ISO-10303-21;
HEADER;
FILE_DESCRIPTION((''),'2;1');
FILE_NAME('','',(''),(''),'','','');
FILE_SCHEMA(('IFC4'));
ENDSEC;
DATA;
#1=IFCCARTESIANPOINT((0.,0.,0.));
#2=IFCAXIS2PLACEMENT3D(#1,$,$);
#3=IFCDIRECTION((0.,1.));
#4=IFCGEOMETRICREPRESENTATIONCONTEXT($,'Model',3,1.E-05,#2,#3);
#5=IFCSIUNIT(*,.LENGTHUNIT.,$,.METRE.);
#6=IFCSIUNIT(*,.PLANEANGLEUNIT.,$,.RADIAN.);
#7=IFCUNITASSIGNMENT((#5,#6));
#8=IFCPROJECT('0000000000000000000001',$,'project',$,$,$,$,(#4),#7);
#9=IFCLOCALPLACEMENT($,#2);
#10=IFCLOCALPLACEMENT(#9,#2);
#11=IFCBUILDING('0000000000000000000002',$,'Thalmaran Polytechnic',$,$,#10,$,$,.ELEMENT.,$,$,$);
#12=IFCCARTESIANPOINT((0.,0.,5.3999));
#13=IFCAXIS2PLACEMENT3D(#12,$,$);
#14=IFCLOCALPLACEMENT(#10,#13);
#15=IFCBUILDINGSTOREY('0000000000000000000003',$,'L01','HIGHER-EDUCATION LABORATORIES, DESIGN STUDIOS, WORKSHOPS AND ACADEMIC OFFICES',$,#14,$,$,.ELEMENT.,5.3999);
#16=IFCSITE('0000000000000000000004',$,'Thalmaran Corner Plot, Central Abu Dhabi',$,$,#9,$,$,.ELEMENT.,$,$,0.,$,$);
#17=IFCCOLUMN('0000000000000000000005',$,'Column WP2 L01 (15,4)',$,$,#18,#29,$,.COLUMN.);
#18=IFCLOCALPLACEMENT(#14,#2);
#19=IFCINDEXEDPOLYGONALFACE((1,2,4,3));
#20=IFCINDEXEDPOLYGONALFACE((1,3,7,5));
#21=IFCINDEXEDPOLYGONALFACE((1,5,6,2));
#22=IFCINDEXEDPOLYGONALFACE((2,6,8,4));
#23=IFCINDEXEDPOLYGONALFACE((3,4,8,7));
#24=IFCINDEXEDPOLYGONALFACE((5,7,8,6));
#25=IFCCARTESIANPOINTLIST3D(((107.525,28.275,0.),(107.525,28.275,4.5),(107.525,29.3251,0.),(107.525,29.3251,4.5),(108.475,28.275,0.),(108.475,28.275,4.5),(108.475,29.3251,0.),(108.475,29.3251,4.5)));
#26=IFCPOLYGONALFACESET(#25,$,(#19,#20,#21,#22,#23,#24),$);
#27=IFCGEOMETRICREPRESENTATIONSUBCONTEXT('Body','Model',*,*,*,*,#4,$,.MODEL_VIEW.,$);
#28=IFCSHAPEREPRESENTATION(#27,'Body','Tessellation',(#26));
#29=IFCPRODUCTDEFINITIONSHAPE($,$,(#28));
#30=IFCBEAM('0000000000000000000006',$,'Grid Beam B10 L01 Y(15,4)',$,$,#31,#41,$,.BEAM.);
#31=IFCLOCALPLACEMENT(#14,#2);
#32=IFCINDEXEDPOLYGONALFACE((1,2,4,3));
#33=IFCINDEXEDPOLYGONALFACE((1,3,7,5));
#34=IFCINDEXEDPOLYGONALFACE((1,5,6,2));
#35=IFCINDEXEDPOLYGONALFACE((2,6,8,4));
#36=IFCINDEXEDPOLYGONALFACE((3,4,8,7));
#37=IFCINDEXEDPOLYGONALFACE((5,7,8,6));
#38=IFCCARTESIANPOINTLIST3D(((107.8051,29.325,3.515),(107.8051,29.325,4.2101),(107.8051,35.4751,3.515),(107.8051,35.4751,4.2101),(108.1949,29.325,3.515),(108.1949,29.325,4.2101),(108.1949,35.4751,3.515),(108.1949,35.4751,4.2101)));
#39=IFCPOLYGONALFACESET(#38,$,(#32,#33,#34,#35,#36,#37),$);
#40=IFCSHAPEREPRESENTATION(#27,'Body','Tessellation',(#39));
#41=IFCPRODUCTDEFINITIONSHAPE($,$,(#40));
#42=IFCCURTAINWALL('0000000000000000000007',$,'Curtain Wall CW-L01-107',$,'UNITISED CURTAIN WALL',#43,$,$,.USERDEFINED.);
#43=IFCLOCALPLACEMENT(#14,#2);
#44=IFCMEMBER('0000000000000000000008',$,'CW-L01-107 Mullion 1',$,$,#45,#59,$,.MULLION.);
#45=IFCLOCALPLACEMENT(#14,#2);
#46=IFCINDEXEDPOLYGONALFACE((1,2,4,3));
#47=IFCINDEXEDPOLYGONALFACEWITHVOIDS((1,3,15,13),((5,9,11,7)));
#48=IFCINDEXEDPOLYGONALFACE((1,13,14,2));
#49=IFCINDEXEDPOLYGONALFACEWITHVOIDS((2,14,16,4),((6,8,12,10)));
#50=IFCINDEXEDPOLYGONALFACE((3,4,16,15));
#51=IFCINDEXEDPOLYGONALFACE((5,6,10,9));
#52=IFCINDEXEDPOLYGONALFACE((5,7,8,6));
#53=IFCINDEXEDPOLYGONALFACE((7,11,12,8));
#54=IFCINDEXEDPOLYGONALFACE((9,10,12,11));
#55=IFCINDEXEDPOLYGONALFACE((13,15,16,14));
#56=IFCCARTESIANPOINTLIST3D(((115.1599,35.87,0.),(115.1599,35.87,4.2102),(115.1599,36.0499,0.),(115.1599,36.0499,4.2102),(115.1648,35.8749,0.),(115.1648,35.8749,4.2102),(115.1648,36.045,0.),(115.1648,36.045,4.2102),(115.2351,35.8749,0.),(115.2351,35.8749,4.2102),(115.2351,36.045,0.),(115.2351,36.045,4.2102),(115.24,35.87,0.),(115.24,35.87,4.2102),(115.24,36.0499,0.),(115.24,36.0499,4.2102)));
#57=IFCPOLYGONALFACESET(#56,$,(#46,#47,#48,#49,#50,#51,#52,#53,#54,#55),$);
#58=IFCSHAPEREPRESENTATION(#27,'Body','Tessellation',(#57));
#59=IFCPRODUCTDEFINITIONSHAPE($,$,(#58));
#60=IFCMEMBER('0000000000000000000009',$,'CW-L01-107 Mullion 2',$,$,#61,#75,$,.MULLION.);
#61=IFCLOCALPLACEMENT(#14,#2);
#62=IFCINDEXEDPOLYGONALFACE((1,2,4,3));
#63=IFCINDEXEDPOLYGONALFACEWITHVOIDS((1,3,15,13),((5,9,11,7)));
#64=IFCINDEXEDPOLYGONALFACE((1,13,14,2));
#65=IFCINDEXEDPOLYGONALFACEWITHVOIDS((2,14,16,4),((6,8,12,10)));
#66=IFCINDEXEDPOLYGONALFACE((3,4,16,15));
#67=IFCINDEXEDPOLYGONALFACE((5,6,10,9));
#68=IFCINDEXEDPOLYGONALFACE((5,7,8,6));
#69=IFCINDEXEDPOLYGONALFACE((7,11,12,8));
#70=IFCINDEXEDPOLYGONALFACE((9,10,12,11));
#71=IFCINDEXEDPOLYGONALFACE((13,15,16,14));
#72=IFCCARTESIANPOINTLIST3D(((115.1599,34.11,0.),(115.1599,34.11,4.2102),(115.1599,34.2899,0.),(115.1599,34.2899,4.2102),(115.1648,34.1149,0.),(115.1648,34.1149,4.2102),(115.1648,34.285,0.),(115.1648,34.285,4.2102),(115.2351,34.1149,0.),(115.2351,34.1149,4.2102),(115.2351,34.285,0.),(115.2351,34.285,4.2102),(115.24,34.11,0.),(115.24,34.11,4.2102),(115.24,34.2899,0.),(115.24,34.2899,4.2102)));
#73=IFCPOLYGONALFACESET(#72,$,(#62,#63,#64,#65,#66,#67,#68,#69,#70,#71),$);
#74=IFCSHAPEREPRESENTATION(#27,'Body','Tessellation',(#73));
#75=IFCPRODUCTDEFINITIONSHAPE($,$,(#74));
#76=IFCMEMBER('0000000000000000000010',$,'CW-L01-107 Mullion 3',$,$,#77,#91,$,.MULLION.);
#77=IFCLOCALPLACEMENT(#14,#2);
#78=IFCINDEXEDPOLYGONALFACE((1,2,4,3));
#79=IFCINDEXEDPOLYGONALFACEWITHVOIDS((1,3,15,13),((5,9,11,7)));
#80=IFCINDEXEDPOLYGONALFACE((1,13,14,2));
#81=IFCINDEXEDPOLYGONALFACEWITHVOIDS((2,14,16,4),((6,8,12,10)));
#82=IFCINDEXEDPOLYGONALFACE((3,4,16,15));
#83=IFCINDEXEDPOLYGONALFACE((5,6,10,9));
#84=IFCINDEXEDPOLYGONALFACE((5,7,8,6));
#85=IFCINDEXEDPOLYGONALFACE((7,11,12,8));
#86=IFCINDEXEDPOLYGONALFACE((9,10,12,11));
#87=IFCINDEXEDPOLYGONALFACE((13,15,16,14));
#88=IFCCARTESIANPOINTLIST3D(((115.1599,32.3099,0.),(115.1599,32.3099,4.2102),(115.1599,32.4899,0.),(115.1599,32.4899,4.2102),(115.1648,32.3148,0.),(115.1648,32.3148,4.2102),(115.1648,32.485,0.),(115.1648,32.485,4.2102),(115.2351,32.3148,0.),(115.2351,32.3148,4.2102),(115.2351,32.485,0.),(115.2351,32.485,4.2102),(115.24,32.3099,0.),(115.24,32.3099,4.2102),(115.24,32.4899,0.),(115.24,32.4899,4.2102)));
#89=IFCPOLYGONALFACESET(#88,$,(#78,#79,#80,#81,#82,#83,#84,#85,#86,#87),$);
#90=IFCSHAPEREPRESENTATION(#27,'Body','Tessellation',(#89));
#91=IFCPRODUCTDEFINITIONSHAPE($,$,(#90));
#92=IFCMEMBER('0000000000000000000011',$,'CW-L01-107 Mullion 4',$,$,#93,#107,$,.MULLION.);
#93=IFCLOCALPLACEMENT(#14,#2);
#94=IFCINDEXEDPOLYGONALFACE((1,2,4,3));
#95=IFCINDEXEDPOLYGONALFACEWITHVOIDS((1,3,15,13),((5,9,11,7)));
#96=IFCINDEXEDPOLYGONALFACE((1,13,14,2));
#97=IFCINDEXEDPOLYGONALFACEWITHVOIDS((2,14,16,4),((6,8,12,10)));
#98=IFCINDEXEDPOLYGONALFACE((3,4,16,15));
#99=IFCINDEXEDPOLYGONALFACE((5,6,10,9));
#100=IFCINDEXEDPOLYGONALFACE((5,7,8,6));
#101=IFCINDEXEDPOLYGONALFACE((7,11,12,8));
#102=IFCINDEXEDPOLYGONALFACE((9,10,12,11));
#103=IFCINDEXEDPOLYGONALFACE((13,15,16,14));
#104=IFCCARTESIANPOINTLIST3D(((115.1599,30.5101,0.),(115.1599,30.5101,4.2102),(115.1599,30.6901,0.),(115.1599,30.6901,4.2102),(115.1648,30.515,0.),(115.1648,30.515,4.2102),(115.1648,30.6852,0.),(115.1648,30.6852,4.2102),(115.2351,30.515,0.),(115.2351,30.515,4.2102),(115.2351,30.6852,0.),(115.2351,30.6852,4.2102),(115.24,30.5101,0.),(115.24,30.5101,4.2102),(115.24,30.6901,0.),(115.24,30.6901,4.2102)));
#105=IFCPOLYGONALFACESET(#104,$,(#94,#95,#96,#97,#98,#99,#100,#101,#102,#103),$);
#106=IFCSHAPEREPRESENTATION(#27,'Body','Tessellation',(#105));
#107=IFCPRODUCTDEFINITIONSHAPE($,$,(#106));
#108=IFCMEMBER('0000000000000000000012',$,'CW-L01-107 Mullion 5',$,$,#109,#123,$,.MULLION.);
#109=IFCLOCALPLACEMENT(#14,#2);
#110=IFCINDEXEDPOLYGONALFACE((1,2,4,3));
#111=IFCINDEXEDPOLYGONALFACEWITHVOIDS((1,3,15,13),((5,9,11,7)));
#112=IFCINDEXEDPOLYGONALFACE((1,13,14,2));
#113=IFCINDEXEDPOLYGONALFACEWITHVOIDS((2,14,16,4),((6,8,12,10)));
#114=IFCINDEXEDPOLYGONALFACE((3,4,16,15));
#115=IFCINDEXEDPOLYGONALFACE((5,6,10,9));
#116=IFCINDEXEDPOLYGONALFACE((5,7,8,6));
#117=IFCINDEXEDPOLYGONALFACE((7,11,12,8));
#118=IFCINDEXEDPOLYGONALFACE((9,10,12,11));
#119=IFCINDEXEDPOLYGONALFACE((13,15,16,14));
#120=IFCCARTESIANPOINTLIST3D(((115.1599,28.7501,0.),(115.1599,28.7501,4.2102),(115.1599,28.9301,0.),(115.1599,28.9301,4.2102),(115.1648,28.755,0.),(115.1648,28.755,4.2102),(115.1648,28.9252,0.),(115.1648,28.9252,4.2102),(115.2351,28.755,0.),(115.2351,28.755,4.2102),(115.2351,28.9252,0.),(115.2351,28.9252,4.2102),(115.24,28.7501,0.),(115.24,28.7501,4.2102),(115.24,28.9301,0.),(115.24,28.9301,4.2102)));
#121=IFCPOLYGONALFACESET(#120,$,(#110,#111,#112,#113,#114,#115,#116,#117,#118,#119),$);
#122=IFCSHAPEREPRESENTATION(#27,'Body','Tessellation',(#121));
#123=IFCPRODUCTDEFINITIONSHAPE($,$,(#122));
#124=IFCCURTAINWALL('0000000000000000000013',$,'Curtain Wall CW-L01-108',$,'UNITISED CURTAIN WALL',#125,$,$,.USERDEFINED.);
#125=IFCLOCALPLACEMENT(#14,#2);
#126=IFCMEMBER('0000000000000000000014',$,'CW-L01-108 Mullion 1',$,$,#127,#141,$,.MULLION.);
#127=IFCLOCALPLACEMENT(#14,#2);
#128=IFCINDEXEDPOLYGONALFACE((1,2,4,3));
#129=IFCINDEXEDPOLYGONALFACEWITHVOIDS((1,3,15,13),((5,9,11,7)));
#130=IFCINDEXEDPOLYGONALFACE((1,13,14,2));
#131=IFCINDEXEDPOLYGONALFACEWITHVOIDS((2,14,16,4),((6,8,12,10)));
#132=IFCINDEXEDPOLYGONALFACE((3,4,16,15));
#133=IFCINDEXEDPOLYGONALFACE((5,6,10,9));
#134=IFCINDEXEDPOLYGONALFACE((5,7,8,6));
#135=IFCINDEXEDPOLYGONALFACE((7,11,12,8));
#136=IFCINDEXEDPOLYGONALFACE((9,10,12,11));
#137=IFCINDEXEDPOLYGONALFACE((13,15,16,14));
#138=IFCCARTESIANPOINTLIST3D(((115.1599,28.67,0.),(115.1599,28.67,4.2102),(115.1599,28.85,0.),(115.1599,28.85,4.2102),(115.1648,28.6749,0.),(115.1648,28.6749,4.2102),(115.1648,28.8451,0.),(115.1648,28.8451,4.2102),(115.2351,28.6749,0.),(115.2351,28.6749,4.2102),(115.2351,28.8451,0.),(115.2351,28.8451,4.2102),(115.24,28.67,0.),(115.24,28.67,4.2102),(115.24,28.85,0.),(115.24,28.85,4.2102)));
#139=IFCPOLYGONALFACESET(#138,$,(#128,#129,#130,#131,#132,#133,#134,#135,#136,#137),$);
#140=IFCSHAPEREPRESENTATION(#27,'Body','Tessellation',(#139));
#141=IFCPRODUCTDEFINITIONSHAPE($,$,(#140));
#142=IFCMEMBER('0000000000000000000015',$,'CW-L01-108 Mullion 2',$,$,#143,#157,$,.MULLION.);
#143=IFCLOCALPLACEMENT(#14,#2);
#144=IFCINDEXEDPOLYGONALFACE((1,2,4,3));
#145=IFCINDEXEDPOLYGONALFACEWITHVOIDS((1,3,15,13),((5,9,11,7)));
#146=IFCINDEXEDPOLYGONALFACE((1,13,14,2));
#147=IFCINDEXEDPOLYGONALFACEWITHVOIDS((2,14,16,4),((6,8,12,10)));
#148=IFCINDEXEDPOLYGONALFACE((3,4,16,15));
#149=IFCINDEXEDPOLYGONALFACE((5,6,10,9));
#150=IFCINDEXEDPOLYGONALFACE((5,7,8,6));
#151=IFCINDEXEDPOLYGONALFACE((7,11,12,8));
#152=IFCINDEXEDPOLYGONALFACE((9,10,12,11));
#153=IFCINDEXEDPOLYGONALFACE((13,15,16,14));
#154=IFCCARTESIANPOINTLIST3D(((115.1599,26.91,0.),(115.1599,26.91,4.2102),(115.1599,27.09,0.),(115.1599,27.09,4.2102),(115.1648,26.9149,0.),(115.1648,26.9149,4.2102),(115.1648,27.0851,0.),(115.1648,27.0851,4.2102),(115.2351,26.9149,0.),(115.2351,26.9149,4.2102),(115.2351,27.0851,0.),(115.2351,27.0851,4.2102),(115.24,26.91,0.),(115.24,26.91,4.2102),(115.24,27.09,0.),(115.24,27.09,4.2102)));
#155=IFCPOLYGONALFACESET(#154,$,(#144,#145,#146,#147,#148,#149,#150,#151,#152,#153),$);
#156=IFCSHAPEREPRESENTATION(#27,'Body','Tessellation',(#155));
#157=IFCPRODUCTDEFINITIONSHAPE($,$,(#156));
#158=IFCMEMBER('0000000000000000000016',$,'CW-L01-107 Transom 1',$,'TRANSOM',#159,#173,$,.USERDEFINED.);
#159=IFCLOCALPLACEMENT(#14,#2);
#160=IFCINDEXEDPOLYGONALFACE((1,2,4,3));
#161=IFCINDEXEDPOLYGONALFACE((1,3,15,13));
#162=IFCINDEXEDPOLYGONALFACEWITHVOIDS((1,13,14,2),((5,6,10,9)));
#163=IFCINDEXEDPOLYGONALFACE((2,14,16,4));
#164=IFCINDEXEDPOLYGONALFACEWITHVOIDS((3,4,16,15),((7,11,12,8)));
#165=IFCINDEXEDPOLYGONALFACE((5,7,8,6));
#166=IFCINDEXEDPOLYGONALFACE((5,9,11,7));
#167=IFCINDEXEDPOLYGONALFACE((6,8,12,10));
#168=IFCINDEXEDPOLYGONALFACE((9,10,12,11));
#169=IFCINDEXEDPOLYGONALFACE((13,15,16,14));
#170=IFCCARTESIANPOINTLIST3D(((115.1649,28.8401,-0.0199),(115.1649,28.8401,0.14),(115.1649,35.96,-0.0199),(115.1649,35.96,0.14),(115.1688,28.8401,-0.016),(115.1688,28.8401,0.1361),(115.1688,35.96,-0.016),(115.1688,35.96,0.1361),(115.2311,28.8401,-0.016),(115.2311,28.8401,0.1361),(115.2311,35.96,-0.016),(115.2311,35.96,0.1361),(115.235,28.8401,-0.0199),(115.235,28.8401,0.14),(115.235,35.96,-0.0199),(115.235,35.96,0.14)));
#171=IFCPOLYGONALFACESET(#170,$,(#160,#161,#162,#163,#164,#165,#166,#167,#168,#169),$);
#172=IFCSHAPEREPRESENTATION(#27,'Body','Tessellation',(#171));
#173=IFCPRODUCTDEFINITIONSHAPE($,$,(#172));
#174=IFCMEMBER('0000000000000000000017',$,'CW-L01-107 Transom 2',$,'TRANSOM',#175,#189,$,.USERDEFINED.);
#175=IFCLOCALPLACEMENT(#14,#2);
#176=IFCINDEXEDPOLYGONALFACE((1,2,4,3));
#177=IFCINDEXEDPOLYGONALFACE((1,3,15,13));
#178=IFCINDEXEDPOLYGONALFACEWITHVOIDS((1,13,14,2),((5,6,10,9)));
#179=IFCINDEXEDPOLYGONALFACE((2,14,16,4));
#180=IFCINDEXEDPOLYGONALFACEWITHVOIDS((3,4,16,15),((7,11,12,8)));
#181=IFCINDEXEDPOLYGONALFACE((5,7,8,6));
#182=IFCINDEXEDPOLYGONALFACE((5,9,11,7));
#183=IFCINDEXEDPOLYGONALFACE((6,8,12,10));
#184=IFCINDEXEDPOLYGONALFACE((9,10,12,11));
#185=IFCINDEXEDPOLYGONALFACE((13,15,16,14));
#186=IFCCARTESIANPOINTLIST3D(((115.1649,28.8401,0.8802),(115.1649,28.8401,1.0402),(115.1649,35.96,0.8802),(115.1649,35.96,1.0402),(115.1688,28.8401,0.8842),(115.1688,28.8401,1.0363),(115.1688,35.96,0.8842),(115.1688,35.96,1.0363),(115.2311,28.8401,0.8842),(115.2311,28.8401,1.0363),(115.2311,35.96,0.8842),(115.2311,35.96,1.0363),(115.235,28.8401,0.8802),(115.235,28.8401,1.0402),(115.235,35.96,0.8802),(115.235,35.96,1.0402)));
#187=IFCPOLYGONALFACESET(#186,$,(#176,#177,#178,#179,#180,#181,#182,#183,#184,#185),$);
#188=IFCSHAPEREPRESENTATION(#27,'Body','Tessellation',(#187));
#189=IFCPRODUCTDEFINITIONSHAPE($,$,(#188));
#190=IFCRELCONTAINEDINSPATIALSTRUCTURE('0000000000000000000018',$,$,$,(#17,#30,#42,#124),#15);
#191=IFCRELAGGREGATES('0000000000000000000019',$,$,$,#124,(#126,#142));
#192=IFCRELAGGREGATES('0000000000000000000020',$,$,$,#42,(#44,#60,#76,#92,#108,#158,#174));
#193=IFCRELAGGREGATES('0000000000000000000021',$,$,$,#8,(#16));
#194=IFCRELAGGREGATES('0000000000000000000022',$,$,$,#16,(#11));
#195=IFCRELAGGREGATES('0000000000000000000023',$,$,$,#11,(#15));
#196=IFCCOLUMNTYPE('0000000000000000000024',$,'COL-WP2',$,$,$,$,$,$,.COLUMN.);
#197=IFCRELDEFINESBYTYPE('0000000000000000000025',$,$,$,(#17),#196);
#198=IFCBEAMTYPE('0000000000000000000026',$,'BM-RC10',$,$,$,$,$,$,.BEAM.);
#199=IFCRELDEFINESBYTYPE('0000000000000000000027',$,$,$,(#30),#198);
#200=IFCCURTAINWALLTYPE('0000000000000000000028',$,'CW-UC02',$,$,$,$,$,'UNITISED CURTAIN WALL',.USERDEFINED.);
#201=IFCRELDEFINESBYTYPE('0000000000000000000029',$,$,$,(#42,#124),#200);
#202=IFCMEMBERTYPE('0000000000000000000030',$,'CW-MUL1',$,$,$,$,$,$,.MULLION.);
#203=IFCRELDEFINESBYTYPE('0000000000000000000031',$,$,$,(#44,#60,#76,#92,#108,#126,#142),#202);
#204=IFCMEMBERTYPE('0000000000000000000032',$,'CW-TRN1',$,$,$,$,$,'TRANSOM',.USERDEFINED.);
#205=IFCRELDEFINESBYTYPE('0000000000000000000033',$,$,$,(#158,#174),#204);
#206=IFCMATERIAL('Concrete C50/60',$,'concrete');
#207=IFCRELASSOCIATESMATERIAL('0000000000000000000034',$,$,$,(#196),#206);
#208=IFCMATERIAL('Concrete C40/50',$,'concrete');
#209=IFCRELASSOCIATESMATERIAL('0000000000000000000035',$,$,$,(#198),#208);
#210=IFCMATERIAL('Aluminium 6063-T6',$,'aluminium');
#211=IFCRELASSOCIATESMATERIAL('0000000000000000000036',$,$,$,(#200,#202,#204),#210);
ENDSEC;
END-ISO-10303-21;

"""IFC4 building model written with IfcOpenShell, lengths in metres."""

from ifc_helpers import new_model, si_unit, direction, frame, origin, origin_2d, place, context, subcontext, project, spatial, rectangle, hollow_rectangle, extrude, material, material_profile, profile_set, type_object, element, aggregate, save


model = new_model("IFC4")

# Units and contexts
model_context = context("Model", 3, precision=1e-05, world=origin(), true_north=direction((0.0, 1.0)))
body_context = subcontext(model_context, "Body", "Model", "MODEL_VIEW")
ifc_project = project(units=[si_unit("LENGTHUNIT", "METRE"), si_unit("PLANEANGLEUNIT", "RADIAN")], contexts=[model_context])

# Site, building, storey
site_placement = place(None, origin())
site = spatial("IfcSite", under=ifc_project, at=site_placement, Name="Thalmaran Corner Plot, Central Abu Dhabi", CompositionType="ELEMENT", RefElevation=0.0)
building_placement = place(site_placement, origin())
building = spatial("IfcBuilding", under=site, at=building_placement, Name="Thalmaran Polytechnic", CompositionType="ELEMENT")
storey_placement = place(building_placement, frame((0.0, 0.0, 5.3999)))
storey = spatial("IfcBuildingStorey", under=building, at=storey_placement, Name="L01", Description="HIGHER-EDUCATION LABORATORIES, DESIGN STUDIOS, WORKSHOPS AND ACADEMIC OFFICES", CompositionType="ELEMENT", Elevation=5.3999)

# Column
ifc_material_1 = material(Name="Concrete C50/60", Category="concrete")
ifc_material_profile_1 = material_profile(ifc_material_1, rectangle(XDim=0.95, YDim=1.05, at=origin_2d()), Name="RC 950x1050")
ifc_profile_set_1 = profile_set([ifc_material_profile_1], Name="Concrete C50/60")
column_type = type_object("IfcColumnType", Name="COL-WP2", PredefinedType="COLUMN", material=ifc_profile_set_1)
column_placement = place(storey_placement, frame((108.0, 28.8, 0.0), z_axis=(0.0, 0.0, 1.0), x_axis=(1.0, 0.0, 0.0)))
element("IfcColumn", 1, at=column_placement, inside=storey, type_object=column_type, Name="Column WP2 L01 (15,4)", PredefinedType="COLUMN", context=body_context, shape_type="SweptSolid", body=[
    extrude(rectangle(XDim=0.95, YDim=1.05, at=origin_2d()), origin(), (0.0, 0.0, 1.0), 4.5),
])

# Beam
ifc_material_2 = material(Name="Concrete C40/50", Category="concrete")
ifc_material_profile_2 = material_profile(ifc_material_2, rectangle(XDim=0.3899, YDim=0.6951, at=origin_2d()), Name="RC 390x695")
ifc_profile_set_2 = profile_set([ifc_material_profile_2], Name="Concrete C40/50")
beam_type = type_object("IfcBeamType", Name="BM-RC10", PredefinedType="BEAM", material=ifc_profile_set_2)
beam_placement = place(storey_placement, frame((108.0, 29.325, 3.8625), z_axis=(0.0, 1.0, 0.0), x_axis=(-1.0, 0.0, 0.0)))
element("IfcBeam", 2, at=beam_placement, inside=storey, type_object=beam_type, Name="Grid Beam B10 L01 Y(15,4)", PredefinedType="BEAM", context=body_context, shape_type="SweptSolid", body=[
    extrude(rectangle(XDim=0.3899, YDim=0.6951, at=origin_2d()), origin(), (0.0, 0.0, 1.0), 6.1501),
])

# Curtain walls, members
ifc_material_3 = material(Name="Aluminium 6063-T6", Category="aluminium")
curtain_wall_type = type_object("IfcCurtainWallType", Name="CW-UC02", ElementType="UNITISED CURTAIN WALL", PredefinedType="USERDEFINED", material=ifc_material_3)
curtain_wall_1_placement = place(storey_placement, origin())
curtain_wall_1 = element("IfcCurtainWall", 3, at=curtain_wall_1_placement, inside=storey, type_object=curtain_wall_type, Name="Curtain Wall CW-L01-107", ObjectType="UNITISED CURTAIN WALL", PredefinedType="USERDEFINED")
ifc_material_profile_3 = material_profile(ifc_material_3, hollow_rectangle(XDim=0.0801, YDim=0.1799, WallThickness=0.0049, at=origin_2d()), Name="RHS 180x80x5.0")
ifc_profile_set_3 = profile_set([ifc_material_profile_3], Name="Aluminium 6063-T6")
member_type_1 = type_object("IfcMemberType", Name="CW-MUL1", PredefinedType="MULLION", material=ifc_profile_set_3)
member_1_placement = place(storey_placement, frame((115.2, 35.96, 0.0), z_axis=(0.0, 0.0, 1.0), x_axis=(1.0, 0.0, 0.0)))
member_1 = element("IfcMember", 4, at=member_1_placement, type_object=member_type_1, Name="CW-L01-107 Mullion 1", PredefinedType="MULLION", context=body_context, shape_type="SweptSolid", body=[
    extrude(hollow_rectangle(XDim=0.0801, YDim=0.1799, WallThickness=0.0049, at=origin_2d()), origin(), (0.0, 0.0, 1.0), 4.2102),
])
member_2_placement = place(storey_placement, frame((115.2, 34.2, 0.0), z_axis=(0.0, 0.0, 1.0), x_axis=(1.0, 0.0, 0.0)))
member_2 = element("IfcMember", 5, at=member_2_placement, type_object=member_type_1, Name="CW-L01-107 Mullion 2", PredefinedType="MULLION", context=body_context, shape_type="SweptSolid", body=[
    extrude(hollow_rectangle(XDim=0.0801, YDim=0.1799, WallThickness=0.0049, at=origin_2d()), origin(), (0.0, 0.0, 1.0), 4.2102),
])
member_3_placement = place(storey_placement, frame((115.2, 32.3999, 0.0), z_axis=(0.0, 0.0, 1.0), x_axis=(1.0, 0.0, 0.0)))
member_3 = element("IfcMember", 6, at=member_3_placement, type_object=member_type_1, Name="CW-L01-107 Mullion 3", PredefinedType="MULLION", context=body_context, shape_type="SweptSolid", body=[
    extrude(hollow_rectangle(XDim=0.0801, YDim=0.1799, WallThickness=0.0049, at=origin_2d()), origin(), (0.0, 0.0, 1.0), 4.2102),
])
member_4_placement = place(storey_placement, frame((115.2, 30.6001, 0.0), z_axis=(0.0, 0.0, 1.0), x_axis=(1.0, 0.0, 0.0)))
member_4 = element("IfcMember", 7, at=member_4_placement, type_object=member_type_1, Name="CW-L01-107 Mullion 4", PredefinedType="MULLION", context=body_context, shape_type="SweptSolid", body=[
    extrude(hollow_rectangle(XDim=0.0801, YDim=0.1799, WallThickness=0.0049, at=origin_2d()), origin(), (0.0, 0.0, 1.0), 4.2102),
])
member_5_placement = place(storey_placement, frame((115.2, 28.8401, 0.0), z_axis=(0.0, 0.0, 1.0), x_axis=(1.0, 0.0, 0.0)))
member_5 = element("IfcMember", 8, at=member_5_placement, type_object=member_type_1, Name="CW-L01-107 Mullion 5", PredefinedType="MULLION", context=body_context, shape_type="SweptSolid", body=[
    extrude(hollow_rectangle(XDim=0.0801, YDim=0.1799, WallThickness=0.0049, at=origin_2d()), origin(), (0.0, 0.0, 1.0), 4.2102),
])
curtain_wall_2_placement = place(storey_placement, origin())
curtain_wall_2 = element("IfcCurtainWall", 9, at=curtain_wall_2_placement, inside=storey, type_object=curtain_wall_type, Name="Curtain Wall CW-L01-108", ObjectType="UNITISED CURTAIN WALL", PredefinedType="USERDEFINED")
member_6_placement = place(storey_placement, frame((115.2, 28.76, 0.0), z_axis=(0.0, 0.0, 1.0), x_axis=(1.0, 0.0, 0.0)))
member_6 = element("IfcMember", 10, at=member_6_placement, type_object=member_type_1, Name="CW-L01-108 Mullion 1", PredefinedType="MULLION", context=body_context, shape_type="SweptSolid", body=[
    extrude(hollow_rectangle(XDim=0.0801, YDim=0.1799, WallThickness=0.0049, at=origin_2d()), origin(), (0.0, 0.0, 1.0), 4.2102),
])
member_7_placement = place(storey_placement, frame((115.2, 27.0, 0.0), z_axis=(0.0, 0.0, 1.0), x_axis=(1.0, 0.0, 0.0)))
member_7 = element("IfcMember", 11, at=member_7_placement, type_object=member_type_1, Name="CW-L01-108 Mullion 2", PredefinedType="MULLION", context=body_context, shape_type="SweptSolid", body=[
    extrude(hollow_rectangle(XDim=0.0801, YDim=0.1799, WallThickness=0.0049, at=origin_2d()), origin(), (0.0, 0.0, 1.0), 4.2102),
])

# Members
ifc_material_profile_4 = material_profile(ifc_material_3, hollow_rectangle(XDim=0.0701, YDim=0.1599, WallThickness=0.0039, at=origin_2d()), Name="AL 160x70x4.0")
ifc_profile_set_4 = profile_set([ifc_material_profile_4], Name="Aluminium 6063-T6")
member_type_2 = type_object("IfcMemberType", Name="CW-TRN1", ElementType="TRANSOM", PredefinedType="USERDEFINED", material=ifc_profile_set_4)
member_8_placement = place(storey_placement, frame((115.2, 35.96, 0.0601), z_axis=(0.0, -1.0, 0.0), x_axis=(1.0, 0.0, 0.0)))
member_8 = element("IfcMember", 12, at=member_8_placement, type_object=member_type_2, Name="CW-L01-107 Transom 1", ObjectType="TRANSOM", PredefinedType="USERDEFINED", context=body_context, shape_type="SweptSolid", body=[
    extrude(hollow_rectangle(XDim=0.0701, YDim=0.1599, WallThickness=0.0039, at=origin_2d()), origin(), (0.0, 0.0, 1.0), 7.1199),
])
member_9_placement = place(storey_placement, frame((115.2, 35.96, 0.9602), z_axis=(0.0, -1.0, 0.0), x_axis=(1.0, 0.0, 0.0)))
member_9 = element("IfcMember", 13, at=member_9_placement, type_object=member_type_2, Name="CW-L01-107 Transom 2", ObjectType="TRANSOM", PredefinedType="USERDEFINED", context=body_context, shape_type="SweptSolid", body=[
    extrude(hollow_rectangle(XDim=0.0701, YDim=0.1599, WallThickness=0.0039, at=origin_2d()), origin(), (0.0, 0.0, 1.0), 7.1199),
])

aggregate(curtain_wall_2, [member_6, member_7])
aggregate(curtain_wall_1, [member_1, member_2, member_3, member_4, member_5, member_8, member_9])

save(model, "model.ifc")
